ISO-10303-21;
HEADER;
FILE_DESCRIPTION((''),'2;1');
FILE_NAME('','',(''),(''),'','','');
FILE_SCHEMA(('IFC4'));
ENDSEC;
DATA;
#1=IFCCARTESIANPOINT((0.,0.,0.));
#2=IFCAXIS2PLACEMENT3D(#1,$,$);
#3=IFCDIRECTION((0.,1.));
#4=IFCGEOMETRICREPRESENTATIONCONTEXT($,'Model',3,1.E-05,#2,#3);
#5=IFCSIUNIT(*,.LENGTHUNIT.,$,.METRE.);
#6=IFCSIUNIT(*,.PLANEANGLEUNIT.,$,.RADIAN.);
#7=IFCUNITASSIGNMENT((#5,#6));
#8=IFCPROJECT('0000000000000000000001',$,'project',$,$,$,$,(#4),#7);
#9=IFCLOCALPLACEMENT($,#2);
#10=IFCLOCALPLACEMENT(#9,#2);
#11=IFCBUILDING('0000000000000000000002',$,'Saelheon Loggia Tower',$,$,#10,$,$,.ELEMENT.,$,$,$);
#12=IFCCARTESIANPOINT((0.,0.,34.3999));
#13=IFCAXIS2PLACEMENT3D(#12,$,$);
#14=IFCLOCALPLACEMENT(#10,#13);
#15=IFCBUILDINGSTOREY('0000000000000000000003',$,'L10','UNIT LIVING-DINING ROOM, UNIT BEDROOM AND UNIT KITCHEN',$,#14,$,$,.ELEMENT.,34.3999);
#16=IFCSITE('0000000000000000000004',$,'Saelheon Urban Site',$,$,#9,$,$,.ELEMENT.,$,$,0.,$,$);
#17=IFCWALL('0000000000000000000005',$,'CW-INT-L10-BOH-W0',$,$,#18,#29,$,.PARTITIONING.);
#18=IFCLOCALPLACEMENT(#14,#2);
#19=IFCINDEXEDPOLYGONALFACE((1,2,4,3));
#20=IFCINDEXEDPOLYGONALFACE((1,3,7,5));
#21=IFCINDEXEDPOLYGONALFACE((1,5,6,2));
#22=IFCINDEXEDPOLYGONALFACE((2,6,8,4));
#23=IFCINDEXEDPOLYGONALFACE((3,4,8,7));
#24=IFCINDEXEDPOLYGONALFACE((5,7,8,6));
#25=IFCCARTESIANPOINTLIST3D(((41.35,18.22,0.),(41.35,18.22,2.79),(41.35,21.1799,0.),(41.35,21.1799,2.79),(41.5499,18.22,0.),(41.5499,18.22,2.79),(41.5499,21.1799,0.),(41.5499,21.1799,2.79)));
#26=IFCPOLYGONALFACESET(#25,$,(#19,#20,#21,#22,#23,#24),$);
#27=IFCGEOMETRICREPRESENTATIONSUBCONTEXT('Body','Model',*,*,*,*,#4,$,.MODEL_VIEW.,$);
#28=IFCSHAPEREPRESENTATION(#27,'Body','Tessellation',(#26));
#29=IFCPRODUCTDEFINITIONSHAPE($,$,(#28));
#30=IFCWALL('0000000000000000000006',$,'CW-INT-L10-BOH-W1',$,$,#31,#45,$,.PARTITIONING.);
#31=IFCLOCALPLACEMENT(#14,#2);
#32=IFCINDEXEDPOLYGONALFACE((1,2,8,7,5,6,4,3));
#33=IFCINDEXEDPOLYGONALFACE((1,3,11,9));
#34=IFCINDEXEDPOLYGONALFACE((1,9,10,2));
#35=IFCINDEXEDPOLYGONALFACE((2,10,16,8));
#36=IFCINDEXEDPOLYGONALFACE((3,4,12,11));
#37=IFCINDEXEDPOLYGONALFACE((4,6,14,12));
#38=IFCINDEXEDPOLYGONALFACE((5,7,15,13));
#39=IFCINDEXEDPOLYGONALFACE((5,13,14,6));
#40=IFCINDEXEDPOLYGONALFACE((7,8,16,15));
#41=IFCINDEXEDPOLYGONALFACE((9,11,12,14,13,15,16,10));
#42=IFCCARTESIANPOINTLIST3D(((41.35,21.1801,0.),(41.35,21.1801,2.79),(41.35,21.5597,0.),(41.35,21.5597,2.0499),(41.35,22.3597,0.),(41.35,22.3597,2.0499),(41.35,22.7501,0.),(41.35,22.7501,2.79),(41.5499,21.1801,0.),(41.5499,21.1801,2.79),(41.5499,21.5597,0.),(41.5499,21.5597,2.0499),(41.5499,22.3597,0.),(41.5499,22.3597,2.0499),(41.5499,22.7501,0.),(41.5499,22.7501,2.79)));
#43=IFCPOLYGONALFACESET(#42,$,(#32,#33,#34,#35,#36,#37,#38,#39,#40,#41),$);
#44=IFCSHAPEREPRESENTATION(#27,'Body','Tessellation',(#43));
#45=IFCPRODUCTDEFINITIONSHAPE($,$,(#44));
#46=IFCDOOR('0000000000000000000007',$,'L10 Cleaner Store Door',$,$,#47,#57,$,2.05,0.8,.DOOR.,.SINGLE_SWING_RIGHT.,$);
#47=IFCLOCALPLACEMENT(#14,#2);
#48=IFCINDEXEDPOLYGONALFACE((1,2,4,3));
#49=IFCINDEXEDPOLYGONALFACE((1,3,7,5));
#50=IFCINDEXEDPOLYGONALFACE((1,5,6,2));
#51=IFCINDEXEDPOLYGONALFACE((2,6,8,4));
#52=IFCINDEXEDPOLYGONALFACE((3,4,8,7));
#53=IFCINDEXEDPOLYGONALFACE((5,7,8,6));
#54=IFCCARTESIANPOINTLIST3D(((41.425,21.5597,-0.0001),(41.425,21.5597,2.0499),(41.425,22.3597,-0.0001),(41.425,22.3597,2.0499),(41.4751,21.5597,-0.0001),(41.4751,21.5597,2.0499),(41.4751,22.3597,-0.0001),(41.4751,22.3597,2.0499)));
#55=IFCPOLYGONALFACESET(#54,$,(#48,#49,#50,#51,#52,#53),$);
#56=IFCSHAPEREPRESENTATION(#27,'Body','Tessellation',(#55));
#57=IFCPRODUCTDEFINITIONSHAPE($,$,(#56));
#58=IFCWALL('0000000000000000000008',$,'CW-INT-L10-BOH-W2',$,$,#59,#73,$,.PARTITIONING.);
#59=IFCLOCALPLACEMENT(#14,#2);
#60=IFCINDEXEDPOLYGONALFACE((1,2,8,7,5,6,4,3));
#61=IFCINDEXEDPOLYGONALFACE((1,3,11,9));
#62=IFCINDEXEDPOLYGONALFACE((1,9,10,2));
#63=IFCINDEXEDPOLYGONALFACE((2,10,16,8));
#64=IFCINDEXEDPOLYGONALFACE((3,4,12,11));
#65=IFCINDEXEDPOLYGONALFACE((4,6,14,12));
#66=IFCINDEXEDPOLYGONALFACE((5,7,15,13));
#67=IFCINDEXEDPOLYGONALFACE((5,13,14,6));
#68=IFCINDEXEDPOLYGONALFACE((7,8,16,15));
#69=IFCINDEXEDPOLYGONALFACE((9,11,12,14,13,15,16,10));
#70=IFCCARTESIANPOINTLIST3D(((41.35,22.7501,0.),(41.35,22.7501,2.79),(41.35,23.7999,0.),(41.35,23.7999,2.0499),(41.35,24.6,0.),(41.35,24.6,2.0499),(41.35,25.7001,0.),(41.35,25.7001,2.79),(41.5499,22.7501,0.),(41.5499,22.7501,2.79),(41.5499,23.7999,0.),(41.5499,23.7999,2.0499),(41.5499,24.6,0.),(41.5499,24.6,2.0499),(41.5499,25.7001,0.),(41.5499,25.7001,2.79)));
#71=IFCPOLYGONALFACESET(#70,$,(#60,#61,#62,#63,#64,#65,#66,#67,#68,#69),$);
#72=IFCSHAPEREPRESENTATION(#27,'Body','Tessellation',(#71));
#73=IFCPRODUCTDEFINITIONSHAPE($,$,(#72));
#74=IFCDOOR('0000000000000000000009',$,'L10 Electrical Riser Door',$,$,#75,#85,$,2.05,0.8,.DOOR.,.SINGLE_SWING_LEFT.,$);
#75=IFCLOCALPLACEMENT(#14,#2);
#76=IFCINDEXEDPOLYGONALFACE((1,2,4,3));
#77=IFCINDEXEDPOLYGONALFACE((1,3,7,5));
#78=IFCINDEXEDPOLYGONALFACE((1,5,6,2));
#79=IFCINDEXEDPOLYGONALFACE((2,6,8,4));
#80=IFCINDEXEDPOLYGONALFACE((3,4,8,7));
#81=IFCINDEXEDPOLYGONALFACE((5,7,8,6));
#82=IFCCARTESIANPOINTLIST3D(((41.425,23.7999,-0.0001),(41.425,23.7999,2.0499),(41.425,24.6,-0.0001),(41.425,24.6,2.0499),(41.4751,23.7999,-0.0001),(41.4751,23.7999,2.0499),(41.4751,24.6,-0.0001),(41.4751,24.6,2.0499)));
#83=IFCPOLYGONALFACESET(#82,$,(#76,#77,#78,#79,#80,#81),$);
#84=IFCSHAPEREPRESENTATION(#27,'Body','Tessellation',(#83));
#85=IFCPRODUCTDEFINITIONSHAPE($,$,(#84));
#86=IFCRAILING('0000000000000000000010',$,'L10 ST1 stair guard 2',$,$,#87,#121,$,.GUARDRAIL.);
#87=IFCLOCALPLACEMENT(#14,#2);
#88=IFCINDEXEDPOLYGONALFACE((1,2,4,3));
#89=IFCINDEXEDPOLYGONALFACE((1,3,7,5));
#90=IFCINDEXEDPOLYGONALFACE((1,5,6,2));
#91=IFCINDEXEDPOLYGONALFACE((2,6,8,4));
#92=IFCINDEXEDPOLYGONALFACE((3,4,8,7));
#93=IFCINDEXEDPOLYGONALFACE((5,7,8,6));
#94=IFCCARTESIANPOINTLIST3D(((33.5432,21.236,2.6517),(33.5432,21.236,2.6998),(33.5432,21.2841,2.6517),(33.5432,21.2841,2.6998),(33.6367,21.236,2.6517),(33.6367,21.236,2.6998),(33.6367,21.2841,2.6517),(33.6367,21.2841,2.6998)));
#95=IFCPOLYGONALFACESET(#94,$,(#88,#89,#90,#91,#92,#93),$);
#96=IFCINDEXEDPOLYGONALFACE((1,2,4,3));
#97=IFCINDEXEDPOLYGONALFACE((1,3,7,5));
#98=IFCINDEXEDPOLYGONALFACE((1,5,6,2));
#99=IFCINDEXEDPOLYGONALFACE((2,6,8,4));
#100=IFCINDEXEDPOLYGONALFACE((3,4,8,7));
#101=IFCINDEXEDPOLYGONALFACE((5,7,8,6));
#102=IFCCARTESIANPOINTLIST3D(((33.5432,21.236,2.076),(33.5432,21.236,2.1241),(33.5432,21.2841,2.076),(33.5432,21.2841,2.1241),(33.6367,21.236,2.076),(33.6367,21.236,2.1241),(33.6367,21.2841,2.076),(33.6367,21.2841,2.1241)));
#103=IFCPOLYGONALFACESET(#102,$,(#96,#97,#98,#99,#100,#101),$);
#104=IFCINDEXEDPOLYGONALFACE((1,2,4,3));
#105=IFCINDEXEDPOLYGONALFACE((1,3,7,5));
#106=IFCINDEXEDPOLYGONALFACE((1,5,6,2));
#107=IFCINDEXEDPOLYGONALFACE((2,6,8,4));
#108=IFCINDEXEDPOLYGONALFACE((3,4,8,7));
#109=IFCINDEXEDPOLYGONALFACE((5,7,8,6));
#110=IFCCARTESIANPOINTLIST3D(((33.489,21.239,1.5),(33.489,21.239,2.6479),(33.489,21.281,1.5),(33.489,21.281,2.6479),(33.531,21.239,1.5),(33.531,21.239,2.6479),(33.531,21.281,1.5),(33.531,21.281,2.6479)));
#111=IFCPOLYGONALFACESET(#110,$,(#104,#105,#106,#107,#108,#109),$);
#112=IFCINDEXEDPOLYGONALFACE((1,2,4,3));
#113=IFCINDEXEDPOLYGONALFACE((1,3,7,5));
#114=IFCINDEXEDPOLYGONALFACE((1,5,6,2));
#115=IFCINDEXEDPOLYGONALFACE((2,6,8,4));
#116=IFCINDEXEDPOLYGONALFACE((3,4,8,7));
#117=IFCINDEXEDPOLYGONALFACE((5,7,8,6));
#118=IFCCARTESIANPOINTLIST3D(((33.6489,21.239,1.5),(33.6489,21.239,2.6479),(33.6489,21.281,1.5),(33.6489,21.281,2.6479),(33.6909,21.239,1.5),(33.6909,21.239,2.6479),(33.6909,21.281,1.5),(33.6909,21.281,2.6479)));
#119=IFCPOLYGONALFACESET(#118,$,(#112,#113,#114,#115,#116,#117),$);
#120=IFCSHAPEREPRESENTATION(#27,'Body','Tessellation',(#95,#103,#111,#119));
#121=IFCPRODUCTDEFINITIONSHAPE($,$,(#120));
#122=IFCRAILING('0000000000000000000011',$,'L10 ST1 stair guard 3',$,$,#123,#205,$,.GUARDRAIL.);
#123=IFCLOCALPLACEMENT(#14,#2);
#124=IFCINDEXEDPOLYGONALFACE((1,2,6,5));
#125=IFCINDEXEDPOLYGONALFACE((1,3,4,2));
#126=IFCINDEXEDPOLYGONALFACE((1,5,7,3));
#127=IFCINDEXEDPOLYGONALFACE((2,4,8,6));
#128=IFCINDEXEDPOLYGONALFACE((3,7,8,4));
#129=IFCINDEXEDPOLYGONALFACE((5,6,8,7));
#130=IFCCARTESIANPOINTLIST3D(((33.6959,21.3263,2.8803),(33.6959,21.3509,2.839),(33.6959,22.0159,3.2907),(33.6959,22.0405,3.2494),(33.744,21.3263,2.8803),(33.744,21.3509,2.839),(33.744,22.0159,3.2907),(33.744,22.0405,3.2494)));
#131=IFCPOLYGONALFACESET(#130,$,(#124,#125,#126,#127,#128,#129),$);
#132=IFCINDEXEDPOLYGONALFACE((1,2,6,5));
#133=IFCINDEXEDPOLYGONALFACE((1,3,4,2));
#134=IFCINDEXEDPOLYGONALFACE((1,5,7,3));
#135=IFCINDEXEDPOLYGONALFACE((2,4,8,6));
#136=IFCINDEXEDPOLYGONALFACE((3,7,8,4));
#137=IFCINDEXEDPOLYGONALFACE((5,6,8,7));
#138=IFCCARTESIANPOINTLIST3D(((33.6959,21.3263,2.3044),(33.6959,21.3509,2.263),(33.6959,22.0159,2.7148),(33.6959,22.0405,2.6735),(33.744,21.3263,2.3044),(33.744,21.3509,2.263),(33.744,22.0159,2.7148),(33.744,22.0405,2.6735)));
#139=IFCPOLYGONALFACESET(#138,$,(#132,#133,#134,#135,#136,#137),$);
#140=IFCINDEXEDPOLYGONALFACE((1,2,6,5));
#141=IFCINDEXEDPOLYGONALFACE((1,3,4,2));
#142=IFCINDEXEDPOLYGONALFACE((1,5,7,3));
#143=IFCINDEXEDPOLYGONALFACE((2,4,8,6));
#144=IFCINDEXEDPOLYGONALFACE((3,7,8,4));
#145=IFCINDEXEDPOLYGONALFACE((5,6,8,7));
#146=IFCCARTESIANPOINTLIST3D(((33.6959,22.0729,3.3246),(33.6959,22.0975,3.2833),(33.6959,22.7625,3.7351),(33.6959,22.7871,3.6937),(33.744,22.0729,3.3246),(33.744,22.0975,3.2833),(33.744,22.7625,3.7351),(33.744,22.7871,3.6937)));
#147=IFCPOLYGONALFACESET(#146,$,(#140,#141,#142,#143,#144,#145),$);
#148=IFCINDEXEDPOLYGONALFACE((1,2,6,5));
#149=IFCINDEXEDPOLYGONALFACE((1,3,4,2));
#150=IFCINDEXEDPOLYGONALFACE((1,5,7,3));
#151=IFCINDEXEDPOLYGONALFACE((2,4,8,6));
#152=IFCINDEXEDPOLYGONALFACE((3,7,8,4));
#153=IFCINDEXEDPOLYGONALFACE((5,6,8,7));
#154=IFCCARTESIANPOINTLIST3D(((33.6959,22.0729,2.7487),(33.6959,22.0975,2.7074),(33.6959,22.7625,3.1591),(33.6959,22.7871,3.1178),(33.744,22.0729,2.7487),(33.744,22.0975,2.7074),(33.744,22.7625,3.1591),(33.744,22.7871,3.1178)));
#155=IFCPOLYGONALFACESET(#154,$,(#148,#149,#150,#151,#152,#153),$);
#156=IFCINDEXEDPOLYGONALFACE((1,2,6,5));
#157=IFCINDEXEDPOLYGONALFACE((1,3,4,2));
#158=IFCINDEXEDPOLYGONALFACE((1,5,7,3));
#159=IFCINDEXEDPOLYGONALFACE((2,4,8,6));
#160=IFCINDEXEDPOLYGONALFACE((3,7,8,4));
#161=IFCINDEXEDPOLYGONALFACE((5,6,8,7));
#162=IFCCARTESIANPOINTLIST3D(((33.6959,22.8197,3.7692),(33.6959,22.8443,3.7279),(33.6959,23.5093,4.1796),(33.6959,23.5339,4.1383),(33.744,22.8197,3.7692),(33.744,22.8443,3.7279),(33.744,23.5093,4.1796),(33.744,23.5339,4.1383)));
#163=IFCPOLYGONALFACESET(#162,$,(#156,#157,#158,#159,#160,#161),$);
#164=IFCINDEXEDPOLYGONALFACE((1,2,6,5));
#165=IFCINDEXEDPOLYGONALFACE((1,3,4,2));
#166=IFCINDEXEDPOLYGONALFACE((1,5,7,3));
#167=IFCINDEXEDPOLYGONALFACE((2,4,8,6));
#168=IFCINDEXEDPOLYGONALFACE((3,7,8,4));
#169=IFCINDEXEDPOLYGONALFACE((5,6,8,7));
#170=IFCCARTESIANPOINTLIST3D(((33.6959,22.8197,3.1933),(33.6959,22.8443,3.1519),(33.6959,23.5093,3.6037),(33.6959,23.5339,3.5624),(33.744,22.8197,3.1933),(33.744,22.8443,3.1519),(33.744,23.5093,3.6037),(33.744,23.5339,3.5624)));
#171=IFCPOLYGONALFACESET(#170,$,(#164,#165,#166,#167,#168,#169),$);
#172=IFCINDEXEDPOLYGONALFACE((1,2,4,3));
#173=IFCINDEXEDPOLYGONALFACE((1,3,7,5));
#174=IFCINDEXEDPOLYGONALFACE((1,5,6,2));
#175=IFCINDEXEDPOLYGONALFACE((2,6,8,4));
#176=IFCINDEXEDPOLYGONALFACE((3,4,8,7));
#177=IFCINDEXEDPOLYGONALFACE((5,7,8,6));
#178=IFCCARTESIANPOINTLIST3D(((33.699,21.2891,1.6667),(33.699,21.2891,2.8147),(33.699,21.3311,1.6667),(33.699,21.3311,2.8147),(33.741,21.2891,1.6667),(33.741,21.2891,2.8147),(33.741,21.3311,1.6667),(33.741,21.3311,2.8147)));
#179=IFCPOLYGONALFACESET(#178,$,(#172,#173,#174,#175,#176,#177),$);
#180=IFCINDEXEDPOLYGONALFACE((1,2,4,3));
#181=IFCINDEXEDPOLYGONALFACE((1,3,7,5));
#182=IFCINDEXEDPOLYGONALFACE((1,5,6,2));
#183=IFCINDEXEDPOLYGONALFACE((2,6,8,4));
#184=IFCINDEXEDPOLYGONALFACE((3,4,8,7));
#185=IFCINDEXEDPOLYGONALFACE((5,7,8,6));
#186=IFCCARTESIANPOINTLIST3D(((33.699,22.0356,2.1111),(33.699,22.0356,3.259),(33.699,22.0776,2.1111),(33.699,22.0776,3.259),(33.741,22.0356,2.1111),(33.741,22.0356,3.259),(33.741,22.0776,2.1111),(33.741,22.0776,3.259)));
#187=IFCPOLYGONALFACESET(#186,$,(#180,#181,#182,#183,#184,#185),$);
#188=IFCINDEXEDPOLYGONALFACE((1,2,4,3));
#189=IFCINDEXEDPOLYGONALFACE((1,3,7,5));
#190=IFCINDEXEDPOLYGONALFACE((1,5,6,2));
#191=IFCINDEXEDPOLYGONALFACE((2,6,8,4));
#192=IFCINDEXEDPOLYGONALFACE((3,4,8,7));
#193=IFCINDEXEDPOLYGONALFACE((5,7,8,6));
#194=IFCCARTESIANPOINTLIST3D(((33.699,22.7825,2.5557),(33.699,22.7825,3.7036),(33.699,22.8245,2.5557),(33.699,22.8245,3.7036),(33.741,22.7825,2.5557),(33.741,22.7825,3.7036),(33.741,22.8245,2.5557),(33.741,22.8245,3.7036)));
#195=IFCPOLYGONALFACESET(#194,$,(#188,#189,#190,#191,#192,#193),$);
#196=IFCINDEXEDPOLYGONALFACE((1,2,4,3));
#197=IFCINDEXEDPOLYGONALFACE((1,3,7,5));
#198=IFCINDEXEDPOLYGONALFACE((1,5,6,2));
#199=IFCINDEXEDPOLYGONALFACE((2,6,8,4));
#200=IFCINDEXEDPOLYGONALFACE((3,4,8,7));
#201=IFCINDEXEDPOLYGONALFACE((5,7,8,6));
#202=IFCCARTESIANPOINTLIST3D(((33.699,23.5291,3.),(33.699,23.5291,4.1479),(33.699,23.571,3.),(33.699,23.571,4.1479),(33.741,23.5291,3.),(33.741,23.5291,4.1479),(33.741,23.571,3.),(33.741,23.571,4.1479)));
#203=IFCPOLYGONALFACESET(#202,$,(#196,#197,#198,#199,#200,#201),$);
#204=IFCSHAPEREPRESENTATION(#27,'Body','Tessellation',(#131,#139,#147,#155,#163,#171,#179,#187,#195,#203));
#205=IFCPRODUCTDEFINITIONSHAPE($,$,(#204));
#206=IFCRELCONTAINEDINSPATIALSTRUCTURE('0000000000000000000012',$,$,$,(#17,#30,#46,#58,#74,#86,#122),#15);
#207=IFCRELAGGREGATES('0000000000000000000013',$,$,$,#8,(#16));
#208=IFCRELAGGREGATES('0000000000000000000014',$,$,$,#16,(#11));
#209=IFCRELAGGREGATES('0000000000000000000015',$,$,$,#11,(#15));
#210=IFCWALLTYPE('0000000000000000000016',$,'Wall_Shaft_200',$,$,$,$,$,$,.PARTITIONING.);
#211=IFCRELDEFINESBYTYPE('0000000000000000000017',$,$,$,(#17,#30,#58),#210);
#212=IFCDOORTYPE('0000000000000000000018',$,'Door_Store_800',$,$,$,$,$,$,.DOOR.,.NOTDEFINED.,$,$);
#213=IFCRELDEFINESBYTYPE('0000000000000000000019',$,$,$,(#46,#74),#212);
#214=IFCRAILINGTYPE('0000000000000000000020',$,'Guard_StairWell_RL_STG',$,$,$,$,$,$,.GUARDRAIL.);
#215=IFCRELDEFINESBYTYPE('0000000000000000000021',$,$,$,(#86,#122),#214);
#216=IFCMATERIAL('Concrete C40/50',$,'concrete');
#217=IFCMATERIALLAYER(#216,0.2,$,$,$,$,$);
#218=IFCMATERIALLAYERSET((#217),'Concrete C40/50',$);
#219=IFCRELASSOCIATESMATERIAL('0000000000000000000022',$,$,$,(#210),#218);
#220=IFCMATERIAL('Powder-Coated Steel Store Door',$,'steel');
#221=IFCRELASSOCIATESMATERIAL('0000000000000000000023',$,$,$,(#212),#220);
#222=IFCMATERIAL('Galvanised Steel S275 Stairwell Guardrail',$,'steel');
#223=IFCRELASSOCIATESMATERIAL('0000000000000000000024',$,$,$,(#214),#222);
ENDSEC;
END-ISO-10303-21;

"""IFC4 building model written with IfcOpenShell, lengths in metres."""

from ifc_helpers import new_model, si_unit, direction, frame, frame_2d, origin, origin_2d, place, context, subcontext, project, spatial, rectangle, extrude, source, transform, mapped, material, layer, layer_set, type_object, element, fill, save


model = new_model("IFC4")

# Units and contexts
model_context = context("Model", 3, precision=1e-05, world=origin(), true_north=direction((0.0, 1.0)))
body_context = subcontext(model_context, "Body", "Model", "MODEL_VIEW")
ifc_project = project(units=[si_unit("LENGTHUNIT", "METRE"), si_unit("PLANEANGLEUNIT", "RADIAN")], contexts=[model_context])

# Site, building, storey
site_placement = place(None, origin())
site = spatial("IfcSite", under=ifc_project, at=site_placement, Name="Saelheon Urban Site", CompositionType="ELEMENT", RefElevation=0.0)
building_placement = place(site_placement, origin())
building = spatial("IfcBuilding", under=site, at=building_placement, Name="Saelheon Loggia Tower", CompositionType="ELEMENT")
storey_placement = place(building_placement, frame((0.0, 0.0, 34.3999)))
storey = spatial("IfcBuildingStorey", under=building, at=storey_placement, Name="L10", Description="UNIT LIVING-DINING ROOM, UNIT BEDROOM AND UNIT KITCHEN", CompositionType="ELEMENT", Elevation=34.3999)

# Wall
ifc_material_1 = material(Name="Concrete C40/50", Category="concrete")
ifc_layer_1 = layer(ifc_material_1, 0.2)
ifc_layer_set_1 = layer_set([ifc_layer_1], Name="Concrete C40/50")
wall_type_1 = type_object("IfcWallType", Name="Wall_Shaft_200", PredefinedType="PARTITIONING", material=ifc_layer_set_1)
wall_1_placement = place(storey_placement, frame((41.45, 18.22, 0.0), z_axis=(0.0, 0.0, 1.0), x_axis=(0.0, 1.0, 0.0)))
element("IfcWall", 1, at=wall_1_placement, inside=storey, type_object=wall_type_1, Name="CW-INT-L10-BOH-W0", PredefinedType="PARTITIONING", context=body_context, shape_type="SweptSolid", body=[
    extrude(rectangle(XDim=2.96, YDim=0.2, at=frame_2d((1.48, 0.0))), origin(), (0.0, 0.0, 1.0), 2.79),
])

# Walls, openings, doors
wall_2_placement = place(storey_placement, frame((41.45, 21.1799, 0.0), z_axis=(0.0, 0.0, 1.0), x_axis=(0.0, 1.0, 0.0)))
wall_2 = element("IfcWall", 2, at=wall_2_placement, inside=storey, type_object=wall_type_1, Name="CW-INT-L10-BOH-W1", PredefinedType="PARTITIONING", context=body_context, shape_type="SweptSolid", body=[
    extrude(rectangle(XDim=1.5701, YDim=0.2, at=frame_2d((0.7852, 0.0))), origin(), (0.0, 0.0, 1.0), 2.79),
])
opening_1_placement = place(wall_2_placement, frame((0.3799, 0.0, 0.0)))
opening_1 = element("IfcOpeningElement", 3, at=opening_1_placement, cuts=wall_2, PredefinedType="OPENING", context=body_context, shape_type="SweptSolid", body=[
    extrude(rectangle(XDim=0.8, YDim=2.05, at=frame_2d((0.3999, 1.0249))), frame((0.0, 0.1121, 0.0), z_axis=(0.0, -1.0, 0.0), x_axis=(1.0, 0.0, 0.0)), (0.0, 0.0, 1.0), 0.2239),
])
ifc_material_2 = material(Name="Powder-Coated Steel Store Door", Category="steel")
door_type_1 = type_object("IfcDoorType", Name="Door_Store_800", OperationType="NOTDEFINED", PredefinedType="DOOR", material=ifc_material_2)
shared_shape_1 = source(origin(), body_context, "Body", "SweptSolid", [
    extrude(rectangle(XDim=0.8, YDim=2.05, at=frame_2d((0.3999, 1.0249))), frame((0.0, 0.0249, 0.0), z_axis=(0.0, -1.0, 0.0), x_axis=(1.0, 0.0, 0.0)), (0.0, 0.0, 1.0), 0.05),
])
door_1_placement = place(opening_1_placement, origin())
door_1 = element("IfcDoor", 4, at=door_1_placement, inside=storey, type_object=door_type_1, Name="L10 Cleaner Store Door", OperationType="SINGLE_SWING_RIGHT", OverallHeight=2.05, OverallWidth=0.8, PredefinedType="DOOR", context=body_context, shape_type="MappedRepresentation", body=[
    mapped(shared_shape_1, transform((0.0, 0.0, 0.0), scale=1.0)),
])
fill(opening_1, door_1)
wall_3_placement = place(storey_placement, frame((41.45, 22.75, 0.0), z_axis=(0.0, 0.0, 1.0), x_axis=(0.0, 1.0, 0.0)))
wall_3 = element("IfcWall", 5, at=wall_3_placement, inside=storey, type_object=wall_type_1, Name="CW-INT-L10-BOH-W2", PredefinedType="PARTITIONING", context=body_context, shape_type="SweptSolid", body=[
    extrude(rectangle(XDim=2.95, YDim=0.2, at=frame_2d((1.4751, 0.0))), origin(), (0.0, 0.0, 1.0), 2.79),
])
opening_2_placement = place(wall_3_placement, frame((1.05, 0.0, 0.0)))
opening_2 = element("IfcOpeningElement", 6, at=opening_2_placement, cuts=wall_3, PredefinedType="OPENING", context=body_context, shape_type="SweptSolid", body=[
    extrude(rectangle(XDim=0.8, YDim=2.05, at=frame_2d((0.3999, 1.0249))), frame((0.0, 0.1121, 0.0), z_axis=(0.0, -1.0, 0.0), x_axis=(1.0, 0.0, 0.0)), (0.0, 0.0, 1.0), 0.2239),
])
door_2_placement = place(opening_2_placement, origin())
door_2 = element("IfcDoor", 7, at=door_2_placement, inside=storey, type_object=door_type_1, Name="L10 Electrical Riser Door", OperationType="SINGLE_SWING_LEFT", OverallHeight=2.05, OverallWidth=0.8, PredefinedType="DOOR", context=body_context, shape_type="MappedRepresentation", body=[
    mapped(shared_shape_1, transform((0.0, 0.0, 0.0), scale=1.0)),
])
fill(opening_2, door_2)

# Railings
ifc_material_3 = material(Name="Galvanised Steel S275 Stairwell Guardrail", Category="steel")
railing_type_1 = type_object("IfcRailingType", Name="Guard_StairWell_RL_STG", PredefinedType="GUARDRAIL", material=ifc_material_3)
railing_1_placement = place(storey_placement, frame((33.51, 21.26, 1.5)))
element("IfcRailing", 8, at=railing_1_placement, inside=storey, type_object=railing_type_1, Name="L10 ST1 stair guard 2", PredefinedType="GUARDRAIL", context=body_context, shape_type="SweptSolid", body=[
    extrude(rectangle(XDim=0.0481, YDim=0.0481, at=origin_2d()), frame((0.0332, 0.0, 1.1758), z_axis=(1.0, 0.0, 0.0), x_axis=(0.0, 1.0, 0.0)), (0.0, 0.0, 1.0), 0.0935),
    extrude(rectangle(XDim=0.0481, YDim=0.0481, at=origin_2d()), frame((0.0332, 0.0, 0.6001), z_axis=(1.0, 0.0, 0.0), x_axis=(0.0, 1.0, 0.0)), (0.0, 0.0, 1.0), 0.0935),
    extrude(rectangle(XDim=0.042, YDim=0.042, at=origin_2d()), origin(), (0.0, 0.0, 1.0), 1.1479),
    extrude(rectangle(XDim=0.042, YDim=0.042, at=origin_2d()), frame((0.1599, 0.0, 0.0)), (0.0, 0.0, 1.0), 1.1479),
])
railing_2_placement = place(storey_placement, frame((33.72, 21.3101, 1.6667)))
element("IfcRailing", 9, at=railing_2_placement, inside=storey, type_object=railing_type_1, Name="L10 ST1 stair guard 3", PredefinedType="GUARDRAIL", context=body_context, shape_type="SweptSolid", body=[
    extrude(rectangle(XDim=0.0481, YDim=0.0481, at=origin_2d()), frame((0.0, 0.0286, 1.1929), z_axis=(0.0, 0.859306, 0.511462), x_axis=(-1.0, 0.0, 0.0)), (0.0, 0.0, 1.0), 0.8025),
    extrude(rectangle(XDim=0.0481, YDim=0.0481, at=origin_2d()), frame((0.0, 0.0286, 0.6169), z_axis=(0.0, 0.859306, 0.511462), x_axis=(-1.0, 0.0, 0.0)), (0.0, 0.0, 1.0), 0.8025),
    extrude(rectangle(XDim=0.0481, YDim=0.0481, at=origin_2d()), frame((0.0, 0.7751, 1.6372), z_axis=(0.0, 0.859306, 0.511462), x_axis=(-1.0, 0.0, 0.0)), (0.0, 0.0, 1.0), 0.8025),
    extrude(rectangle(XDim=0.0481, YDim=0.0481, at=origin_2d()), frame((0.0, 0.7751, 1.0613), z_axis=(0.0, 0.859306, 0.511462), x_axis=(-1.0, 0.0, 0.0)), (0.0, 0.0, 1.0), 0.8025),
    extrude(rectangle(XDim=0.0481, YDim=0.0481, at=origin_2d()), frame((0.0, 1.522, 2.0818), z_axis=(0.0, 0.859306, 0.511462), x_axis=(-1.0, 0.0, 0.0)), (0.0, 0.0, 1.0), 0.8025),
    extrude(rectangle(XDim=0.0481, YDim=0.0481, at=origin_2d()), frame((0.0, 1.522, 1.5059), z_axis=(0.0, 0.859306, 0.511462), x_axis=(-1.0, 0.0, 0.0)), (0.0, 0.0, 1.0), 0.8025),
    extrude(rectangle(XDim=0.042, YDim=0.042, at=origin_2d()), origin(), (0.0, 0.0, 1.0), 1.1479),
    extrude(rectangle(XDim=0.042, YDim=0.042, at=origin_2d()), frame((0.0, 0.7466, 0.4443)), (0.0, 0.0, 1.0), 1.1479),
    extrude(rectangle(XDim=0.042, YDim=0.042, at=origin_2d()), frame((0.0, 1.4934, 0.8889)), (0.0, 0.0, 1.0), 1.1479),
    extrude(rectangle(XDim=0.042, YDim=0.042, at=origin_2d()), frame((0.0, 2.24, 1.3333)), (0.0, 0.0, 1.0), 1.1479),
])

save(model, "model.ifc")
